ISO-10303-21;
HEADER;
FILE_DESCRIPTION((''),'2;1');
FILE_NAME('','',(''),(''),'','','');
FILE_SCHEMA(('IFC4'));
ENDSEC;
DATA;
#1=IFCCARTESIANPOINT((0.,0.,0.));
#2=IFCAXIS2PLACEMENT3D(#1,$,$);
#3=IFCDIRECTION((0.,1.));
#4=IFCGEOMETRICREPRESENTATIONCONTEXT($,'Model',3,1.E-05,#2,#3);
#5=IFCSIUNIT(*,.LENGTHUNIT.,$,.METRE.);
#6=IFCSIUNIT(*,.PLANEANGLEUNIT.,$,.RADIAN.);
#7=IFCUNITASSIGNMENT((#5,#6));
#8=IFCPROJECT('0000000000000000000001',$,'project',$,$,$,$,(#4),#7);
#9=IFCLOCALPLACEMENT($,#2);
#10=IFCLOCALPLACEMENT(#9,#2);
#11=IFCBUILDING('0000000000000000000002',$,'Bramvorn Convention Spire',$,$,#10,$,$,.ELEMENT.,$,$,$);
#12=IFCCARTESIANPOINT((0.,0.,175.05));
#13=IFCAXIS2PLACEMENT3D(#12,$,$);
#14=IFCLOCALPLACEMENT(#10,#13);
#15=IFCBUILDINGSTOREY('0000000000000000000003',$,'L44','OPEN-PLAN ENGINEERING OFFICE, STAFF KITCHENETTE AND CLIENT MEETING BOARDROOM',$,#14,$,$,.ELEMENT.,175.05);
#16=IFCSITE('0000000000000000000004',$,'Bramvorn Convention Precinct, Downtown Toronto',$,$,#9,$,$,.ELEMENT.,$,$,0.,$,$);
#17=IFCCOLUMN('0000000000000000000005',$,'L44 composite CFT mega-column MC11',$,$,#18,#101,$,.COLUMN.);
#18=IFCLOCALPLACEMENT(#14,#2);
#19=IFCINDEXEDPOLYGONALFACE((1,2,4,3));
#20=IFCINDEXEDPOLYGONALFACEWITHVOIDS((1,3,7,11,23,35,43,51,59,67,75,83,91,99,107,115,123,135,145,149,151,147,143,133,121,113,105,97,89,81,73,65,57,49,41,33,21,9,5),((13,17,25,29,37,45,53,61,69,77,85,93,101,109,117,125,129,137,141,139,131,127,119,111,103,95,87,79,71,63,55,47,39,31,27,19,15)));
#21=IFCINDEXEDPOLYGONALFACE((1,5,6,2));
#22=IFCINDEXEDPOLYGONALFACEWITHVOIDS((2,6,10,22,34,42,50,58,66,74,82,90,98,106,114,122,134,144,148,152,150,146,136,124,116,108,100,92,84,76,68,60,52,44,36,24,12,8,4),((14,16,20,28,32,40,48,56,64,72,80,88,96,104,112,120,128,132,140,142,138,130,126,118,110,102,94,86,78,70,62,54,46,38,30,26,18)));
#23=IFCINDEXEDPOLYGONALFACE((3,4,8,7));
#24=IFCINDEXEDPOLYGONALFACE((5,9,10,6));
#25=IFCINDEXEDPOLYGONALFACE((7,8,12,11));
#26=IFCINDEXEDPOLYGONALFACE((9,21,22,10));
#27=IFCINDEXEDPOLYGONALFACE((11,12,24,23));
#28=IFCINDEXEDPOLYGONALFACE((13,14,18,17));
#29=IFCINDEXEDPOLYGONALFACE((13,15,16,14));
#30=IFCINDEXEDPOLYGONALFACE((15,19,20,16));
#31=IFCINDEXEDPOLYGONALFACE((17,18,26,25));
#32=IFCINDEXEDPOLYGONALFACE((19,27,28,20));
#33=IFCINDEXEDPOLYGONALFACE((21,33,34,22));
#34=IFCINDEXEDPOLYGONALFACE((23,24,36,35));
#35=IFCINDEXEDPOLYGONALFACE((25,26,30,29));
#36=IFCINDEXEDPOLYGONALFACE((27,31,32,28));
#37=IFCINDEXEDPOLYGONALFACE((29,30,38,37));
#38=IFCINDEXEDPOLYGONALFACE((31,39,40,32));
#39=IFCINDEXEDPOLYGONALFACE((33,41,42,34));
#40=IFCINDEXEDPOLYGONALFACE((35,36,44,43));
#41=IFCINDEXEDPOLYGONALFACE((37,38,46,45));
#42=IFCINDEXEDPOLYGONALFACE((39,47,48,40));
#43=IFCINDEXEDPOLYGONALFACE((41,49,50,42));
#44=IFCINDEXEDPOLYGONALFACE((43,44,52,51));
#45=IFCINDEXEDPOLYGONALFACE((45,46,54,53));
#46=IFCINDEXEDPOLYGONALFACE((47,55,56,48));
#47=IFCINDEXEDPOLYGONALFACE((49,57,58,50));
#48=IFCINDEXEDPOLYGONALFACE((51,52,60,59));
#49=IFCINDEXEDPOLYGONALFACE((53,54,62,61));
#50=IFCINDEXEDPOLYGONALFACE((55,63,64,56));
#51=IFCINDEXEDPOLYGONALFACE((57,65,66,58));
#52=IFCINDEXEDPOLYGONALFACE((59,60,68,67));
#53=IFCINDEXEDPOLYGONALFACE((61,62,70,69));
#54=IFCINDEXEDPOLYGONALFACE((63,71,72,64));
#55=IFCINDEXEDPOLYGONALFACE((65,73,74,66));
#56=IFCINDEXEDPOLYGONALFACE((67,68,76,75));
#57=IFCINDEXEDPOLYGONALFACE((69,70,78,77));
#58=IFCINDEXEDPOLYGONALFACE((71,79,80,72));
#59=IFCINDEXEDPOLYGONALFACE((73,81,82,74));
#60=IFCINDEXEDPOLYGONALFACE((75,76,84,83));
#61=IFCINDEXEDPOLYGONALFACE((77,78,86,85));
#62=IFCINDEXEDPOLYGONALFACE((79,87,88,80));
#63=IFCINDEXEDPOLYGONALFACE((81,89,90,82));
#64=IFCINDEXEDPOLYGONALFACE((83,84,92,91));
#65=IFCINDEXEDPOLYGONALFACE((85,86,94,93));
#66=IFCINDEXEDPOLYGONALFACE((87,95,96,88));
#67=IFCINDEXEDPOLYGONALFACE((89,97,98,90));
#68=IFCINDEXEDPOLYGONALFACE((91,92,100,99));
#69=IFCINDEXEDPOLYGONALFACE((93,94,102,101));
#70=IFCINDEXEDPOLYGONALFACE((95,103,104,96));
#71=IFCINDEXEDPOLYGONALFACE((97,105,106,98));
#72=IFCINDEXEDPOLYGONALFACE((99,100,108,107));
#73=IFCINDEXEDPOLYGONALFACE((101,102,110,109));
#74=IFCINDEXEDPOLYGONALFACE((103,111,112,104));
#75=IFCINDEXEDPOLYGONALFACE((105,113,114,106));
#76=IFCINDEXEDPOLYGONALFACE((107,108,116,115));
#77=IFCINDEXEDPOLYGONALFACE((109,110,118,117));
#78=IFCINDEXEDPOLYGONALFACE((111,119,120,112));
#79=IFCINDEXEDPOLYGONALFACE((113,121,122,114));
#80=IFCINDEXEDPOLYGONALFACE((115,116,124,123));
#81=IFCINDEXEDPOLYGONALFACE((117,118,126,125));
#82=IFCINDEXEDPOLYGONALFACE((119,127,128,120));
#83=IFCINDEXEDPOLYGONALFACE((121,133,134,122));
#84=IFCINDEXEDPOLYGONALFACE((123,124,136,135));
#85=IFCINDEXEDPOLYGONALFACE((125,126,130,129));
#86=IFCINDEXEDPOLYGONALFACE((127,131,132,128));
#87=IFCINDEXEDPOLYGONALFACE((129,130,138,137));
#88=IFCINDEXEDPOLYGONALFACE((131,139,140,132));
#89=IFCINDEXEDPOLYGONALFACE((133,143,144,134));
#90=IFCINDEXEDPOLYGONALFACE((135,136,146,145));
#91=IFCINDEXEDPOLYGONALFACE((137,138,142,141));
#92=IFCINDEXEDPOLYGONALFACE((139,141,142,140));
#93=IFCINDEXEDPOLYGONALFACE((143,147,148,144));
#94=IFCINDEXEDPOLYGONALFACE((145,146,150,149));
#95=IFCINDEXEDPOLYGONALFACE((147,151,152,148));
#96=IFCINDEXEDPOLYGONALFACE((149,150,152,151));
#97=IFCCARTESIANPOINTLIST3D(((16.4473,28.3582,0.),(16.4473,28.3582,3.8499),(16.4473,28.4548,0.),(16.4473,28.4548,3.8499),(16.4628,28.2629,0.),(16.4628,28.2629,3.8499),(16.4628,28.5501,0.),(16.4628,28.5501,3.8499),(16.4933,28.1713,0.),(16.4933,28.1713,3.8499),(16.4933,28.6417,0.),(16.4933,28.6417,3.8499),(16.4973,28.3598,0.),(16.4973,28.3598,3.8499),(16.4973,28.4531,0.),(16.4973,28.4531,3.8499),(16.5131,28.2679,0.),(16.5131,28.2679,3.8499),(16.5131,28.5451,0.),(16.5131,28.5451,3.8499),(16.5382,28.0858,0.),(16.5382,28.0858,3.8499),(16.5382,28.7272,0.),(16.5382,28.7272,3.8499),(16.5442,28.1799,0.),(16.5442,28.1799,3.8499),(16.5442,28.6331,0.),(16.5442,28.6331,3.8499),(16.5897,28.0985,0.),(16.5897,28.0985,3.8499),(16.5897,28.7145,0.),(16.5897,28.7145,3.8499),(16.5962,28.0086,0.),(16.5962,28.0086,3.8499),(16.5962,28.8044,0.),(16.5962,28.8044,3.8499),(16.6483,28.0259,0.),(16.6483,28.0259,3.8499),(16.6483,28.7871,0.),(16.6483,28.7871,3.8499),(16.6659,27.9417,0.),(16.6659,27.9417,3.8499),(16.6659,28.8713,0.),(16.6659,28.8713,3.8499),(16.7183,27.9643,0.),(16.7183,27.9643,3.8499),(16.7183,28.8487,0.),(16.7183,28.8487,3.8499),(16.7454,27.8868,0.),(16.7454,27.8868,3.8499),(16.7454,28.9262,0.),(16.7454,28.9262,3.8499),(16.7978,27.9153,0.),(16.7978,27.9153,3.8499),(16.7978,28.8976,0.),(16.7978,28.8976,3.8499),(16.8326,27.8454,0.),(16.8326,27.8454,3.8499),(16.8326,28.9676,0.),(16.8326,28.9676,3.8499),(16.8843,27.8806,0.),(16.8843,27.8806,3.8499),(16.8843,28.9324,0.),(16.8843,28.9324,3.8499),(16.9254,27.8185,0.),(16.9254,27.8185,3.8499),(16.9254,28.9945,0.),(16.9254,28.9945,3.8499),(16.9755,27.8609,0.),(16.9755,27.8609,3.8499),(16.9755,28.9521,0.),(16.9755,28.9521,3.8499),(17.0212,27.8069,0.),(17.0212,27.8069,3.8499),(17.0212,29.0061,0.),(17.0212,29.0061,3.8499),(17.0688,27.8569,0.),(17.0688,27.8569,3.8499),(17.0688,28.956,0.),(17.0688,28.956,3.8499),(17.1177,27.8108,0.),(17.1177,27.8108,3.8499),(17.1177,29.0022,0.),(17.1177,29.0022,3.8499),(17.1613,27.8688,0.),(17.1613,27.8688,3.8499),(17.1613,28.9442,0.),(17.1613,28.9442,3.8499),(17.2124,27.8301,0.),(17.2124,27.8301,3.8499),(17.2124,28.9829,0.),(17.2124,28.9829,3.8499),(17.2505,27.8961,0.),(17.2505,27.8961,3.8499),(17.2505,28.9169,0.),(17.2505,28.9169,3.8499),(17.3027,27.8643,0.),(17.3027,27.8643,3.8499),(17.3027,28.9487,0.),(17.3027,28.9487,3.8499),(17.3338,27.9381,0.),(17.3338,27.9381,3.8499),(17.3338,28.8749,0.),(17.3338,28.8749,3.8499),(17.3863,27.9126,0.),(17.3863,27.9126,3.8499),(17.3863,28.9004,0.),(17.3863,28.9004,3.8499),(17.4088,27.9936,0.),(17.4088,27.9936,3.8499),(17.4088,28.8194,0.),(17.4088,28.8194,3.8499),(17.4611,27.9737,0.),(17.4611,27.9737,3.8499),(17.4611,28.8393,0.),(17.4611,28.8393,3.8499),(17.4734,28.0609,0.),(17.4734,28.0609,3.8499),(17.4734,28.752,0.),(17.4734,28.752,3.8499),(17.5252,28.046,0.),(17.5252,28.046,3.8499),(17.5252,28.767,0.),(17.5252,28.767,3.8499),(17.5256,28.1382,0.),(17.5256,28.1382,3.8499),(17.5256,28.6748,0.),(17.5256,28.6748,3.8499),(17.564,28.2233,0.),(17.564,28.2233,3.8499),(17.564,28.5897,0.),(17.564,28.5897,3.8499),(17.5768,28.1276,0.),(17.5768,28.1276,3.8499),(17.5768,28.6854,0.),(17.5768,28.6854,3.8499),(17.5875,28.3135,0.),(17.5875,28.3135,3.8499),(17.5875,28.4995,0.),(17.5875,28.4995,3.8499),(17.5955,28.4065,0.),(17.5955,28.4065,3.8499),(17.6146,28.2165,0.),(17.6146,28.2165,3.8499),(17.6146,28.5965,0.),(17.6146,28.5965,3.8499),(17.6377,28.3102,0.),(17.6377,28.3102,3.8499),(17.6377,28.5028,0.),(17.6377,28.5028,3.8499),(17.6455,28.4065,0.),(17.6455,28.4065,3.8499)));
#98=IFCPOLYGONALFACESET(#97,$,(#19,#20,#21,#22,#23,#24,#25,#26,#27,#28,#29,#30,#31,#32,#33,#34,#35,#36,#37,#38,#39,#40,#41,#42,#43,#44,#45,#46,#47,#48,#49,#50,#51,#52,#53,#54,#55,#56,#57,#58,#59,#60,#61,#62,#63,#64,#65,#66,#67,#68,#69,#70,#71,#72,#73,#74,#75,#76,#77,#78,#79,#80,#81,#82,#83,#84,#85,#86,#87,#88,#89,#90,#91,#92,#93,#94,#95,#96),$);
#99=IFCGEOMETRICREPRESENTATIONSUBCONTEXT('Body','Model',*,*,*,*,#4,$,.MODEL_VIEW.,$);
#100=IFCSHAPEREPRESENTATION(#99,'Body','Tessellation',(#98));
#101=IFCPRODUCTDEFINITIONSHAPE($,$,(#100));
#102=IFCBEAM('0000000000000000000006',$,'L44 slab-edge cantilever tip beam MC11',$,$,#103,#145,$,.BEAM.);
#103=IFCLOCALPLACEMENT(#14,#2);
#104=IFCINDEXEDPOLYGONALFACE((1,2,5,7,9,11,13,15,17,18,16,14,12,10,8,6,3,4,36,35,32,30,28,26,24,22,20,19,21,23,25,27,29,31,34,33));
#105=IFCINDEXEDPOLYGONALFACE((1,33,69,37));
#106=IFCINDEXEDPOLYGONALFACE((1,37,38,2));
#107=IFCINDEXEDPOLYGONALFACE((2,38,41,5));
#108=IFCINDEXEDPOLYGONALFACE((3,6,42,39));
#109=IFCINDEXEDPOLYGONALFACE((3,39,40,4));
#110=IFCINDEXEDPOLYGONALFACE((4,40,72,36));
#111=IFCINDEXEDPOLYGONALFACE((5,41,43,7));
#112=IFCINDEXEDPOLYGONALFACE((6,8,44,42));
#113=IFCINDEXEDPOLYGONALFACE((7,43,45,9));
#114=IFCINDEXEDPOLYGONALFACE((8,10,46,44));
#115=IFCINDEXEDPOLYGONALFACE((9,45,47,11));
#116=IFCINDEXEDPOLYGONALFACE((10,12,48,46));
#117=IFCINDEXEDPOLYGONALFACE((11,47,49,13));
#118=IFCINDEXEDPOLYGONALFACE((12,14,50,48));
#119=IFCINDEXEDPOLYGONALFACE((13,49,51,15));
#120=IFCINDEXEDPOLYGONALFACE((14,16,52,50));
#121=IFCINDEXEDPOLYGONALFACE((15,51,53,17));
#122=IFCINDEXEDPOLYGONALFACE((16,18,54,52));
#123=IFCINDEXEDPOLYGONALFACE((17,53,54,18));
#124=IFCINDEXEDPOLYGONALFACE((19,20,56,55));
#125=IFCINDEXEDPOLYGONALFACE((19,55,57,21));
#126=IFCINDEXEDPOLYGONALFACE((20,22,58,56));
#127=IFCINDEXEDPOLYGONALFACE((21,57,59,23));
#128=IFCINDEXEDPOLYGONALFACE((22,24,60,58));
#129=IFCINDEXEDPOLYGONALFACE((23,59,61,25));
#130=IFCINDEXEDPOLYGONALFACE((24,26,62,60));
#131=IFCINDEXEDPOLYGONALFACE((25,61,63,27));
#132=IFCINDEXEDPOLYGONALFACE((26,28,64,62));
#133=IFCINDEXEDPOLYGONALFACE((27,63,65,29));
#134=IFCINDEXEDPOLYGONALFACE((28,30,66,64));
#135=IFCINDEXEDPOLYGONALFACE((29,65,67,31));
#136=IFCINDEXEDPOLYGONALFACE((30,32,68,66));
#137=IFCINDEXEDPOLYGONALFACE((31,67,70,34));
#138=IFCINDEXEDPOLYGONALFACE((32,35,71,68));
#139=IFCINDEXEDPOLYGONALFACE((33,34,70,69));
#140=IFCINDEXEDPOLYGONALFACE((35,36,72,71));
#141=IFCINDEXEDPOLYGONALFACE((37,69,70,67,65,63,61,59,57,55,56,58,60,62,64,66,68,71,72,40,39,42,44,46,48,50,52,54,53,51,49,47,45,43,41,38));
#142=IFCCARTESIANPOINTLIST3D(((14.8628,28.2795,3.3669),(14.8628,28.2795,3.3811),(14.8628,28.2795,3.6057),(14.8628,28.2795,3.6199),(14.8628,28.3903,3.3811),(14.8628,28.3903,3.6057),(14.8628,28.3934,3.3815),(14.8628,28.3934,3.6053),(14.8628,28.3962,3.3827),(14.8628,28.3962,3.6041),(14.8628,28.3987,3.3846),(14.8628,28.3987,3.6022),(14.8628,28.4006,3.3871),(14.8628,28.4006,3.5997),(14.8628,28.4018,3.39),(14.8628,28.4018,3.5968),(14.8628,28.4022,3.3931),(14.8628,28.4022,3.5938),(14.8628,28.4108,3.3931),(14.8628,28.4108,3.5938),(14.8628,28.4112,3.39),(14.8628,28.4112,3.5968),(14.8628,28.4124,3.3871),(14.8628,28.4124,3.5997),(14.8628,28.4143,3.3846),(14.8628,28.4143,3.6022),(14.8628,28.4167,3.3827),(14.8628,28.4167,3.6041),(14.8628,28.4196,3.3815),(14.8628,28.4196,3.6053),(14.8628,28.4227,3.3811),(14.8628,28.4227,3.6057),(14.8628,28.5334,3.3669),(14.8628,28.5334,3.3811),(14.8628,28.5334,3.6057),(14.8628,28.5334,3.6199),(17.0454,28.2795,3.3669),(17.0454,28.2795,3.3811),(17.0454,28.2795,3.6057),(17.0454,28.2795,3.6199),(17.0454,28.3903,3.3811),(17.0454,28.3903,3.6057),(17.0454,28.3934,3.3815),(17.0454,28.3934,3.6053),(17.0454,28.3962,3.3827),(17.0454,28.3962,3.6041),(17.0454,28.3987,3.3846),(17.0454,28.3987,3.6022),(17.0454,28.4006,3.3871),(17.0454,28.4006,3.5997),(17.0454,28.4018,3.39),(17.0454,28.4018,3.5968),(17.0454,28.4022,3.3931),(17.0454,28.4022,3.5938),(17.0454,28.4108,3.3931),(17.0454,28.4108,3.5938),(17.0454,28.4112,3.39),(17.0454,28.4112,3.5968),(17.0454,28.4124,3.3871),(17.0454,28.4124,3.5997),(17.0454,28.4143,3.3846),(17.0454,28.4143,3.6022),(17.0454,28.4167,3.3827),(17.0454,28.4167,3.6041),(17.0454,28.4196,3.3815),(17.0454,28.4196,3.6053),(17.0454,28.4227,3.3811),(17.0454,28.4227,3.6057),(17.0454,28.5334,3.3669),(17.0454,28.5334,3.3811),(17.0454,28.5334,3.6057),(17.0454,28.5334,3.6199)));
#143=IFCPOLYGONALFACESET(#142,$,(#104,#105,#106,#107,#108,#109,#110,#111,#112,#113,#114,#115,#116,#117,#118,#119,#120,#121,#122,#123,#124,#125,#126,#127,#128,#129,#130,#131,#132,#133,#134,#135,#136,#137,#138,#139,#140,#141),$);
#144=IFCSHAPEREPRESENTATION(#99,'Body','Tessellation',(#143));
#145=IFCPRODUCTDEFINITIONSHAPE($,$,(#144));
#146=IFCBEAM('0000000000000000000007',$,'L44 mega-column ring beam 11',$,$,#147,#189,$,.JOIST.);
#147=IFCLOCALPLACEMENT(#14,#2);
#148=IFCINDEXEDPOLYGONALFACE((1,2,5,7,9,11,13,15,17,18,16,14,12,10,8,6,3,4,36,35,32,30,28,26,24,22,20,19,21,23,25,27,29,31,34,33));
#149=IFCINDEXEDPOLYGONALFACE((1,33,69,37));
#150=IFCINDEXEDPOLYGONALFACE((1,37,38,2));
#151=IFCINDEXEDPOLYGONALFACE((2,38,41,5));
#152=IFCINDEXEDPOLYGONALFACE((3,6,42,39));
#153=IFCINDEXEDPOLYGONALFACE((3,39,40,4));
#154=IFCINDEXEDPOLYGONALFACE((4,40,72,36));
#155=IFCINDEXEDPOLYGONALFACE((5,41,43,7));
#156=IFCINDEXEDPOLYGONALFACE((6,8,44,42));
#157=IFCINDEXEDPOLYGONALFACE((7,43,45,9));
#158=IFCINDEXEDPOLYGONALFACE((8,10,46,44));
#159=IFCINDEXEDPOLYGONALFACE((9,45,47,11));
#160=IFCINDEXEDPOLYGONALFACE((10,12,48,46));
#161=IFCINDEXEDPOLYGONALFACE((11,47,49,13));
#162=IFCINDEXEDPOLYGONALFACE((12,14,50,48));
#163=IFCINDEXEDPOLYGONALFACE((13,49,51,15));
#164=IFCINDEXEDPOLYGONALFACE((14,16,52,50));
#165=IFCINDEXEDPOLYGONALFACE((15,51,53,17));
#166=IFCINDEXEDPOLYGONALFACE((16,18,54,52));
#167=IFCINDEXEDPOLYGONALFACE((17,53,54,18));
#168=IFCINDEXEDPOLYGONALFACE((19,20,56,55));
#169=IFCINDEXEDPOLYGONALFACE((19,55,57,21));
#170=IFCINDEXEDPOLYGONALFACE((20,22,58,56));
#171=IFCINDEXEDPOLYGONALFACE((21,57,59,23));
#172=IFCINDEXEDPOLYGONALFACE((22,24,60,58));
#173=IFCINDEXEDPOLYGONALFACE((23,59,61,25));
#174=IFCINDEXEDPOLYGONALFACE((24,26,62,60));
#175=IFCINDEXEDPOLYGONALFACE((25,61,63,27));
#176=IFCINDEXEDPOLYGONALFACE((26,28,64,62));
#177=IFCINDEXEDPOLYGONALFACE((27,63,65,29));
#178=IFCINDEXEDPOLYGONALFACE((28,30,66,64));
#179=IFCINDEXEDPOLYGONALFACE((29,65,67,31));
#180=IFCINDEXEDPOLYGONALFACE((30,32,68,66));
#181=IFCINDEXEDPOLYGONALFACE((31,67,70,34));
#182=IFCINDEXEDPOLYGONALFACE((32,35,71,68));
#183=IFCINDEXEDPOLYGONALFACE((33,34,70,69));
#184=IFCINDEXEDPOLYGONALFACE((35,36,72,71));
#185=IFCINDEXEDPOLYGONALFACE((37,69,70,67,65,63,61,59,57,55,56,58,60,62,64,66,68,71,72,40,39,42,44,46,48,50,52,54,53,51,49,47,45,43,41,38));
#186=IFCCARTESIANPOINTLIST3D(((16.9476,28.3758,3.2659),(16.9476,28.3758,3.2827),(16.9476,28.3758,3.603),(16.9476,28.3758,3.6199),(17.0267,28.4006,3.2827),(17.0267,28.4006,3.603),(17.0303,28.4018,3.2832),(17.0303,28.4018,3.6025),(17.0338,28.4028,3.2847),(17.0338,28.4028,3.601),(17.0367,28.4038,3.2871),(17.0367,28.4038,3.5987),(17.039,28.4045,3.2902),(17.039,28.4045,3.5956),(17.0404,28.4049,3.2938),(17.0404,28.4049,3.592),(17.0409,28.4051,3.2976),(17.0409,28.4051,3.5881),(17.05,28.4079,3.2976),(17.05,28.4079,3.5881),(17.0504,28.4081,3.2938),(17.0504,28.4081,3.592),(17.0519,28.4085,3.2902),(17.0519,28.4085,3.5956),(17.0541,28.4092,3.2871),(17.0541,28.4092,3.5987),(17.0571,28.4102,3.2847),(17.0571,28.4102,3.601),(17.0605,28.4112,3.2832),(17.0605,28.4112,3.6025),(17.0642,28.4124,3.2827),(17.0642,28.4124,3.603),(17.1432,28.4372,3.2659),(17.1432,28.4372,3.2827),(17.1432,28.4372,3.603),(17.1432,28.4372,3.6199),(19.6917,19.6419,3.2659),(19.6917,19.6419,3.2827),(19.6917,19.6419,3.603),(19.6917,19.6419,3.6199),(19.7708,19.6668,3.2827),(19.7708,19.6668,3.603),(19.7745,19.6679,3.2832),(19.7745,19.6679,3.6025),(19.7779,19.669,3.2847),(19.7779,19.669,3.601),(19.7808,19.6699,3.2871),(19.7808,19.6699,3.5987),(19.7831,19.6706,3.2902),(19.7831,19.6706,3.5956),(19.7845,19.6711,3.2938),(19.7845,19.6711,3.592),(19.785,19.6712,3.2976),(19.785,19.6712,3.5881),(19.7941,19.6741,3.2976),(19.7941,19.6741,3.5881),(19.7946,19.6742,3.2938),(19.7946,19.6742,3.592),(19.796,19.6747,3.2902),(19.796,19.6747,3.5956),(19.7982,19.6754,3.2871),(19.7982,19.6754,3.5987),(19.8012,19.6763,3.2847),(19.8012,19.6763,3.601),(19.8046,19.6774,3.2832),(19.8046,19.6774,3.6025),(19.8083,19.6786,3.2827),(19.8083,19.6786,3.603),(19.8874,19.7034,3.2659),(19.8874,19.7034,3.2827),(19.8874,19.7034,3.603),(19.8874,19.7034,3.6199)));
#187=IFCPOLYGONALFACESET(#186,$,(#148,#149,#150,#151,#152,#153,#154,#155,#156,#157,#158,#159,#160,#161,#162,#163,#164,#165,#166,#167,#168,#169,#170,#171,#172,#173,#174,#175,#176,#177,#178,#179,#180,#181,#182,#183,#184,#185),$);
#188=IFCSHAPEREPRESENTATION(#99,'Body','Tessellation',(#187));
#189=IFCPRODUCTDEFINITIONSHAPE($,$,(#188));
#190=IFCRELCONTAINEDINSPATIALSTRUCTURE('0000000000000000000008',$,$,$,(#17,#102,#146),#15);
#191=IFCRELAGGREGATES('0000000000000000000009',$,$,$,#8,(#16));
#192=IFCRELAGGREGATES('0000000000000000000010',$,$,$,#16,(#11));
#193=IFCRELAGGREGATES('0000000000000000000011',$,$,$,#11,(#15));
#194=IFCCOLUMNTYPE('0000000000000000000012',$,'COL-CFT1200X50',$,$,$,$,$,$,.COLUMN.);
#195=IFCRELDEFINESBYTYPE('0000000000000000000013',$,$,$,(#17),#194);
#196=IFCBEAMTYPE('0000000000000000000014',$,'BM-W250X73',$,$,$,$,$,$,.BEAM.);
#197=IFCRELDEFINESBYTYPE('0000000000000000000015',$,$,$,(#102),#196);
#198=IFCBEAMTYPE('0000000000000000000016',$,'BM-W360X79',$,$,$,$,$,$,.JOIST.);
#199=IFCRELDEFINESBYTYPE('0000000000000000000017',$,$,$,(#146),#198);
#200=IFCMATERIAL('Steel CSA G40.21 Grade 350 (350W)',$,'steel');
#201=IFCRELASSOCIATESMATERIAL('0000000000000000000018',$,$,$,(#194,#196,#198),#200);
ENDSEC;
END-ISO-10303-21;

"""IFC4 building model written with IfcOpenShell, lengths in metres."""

from ifc_helpers import new_model, si_unit, direction, frame, origin, origin_2d, place, context, subcontext, project, spatial, hollow_circle, i_section, extrude, material, material_profile, profile_set, type_object, element, save


model = new_model("IFC4")

# Units and contexts
model_context = context("Model", 3, precision=1e-05, world=origin(), true_north=direction((0.0, 1.0)))
body_context = subcontext(model_context, "Body", "Model", "MODEL_VIEW")
ifc_project = project(units=[si_unit("LENGTHUNIT", "METRE"), si_unit("PLANEANGLEUNIT", "RADIAN")], contexts=[model_context])

# Site, building, storey
site_placement = place(None, origin())
site = spatial("IfcSite", under=ifc_project, at=site_placement, Name="Bramvorn Convention Precinct, Downtown Toronto", CompositionType="ELEMENT", RefElevation=0.0)
building_placement = place(site_placement, origin())
building = spatial("IfcBuilding", under=site, at=building_placement, Name="Bramvorn Convention Spire", CompositionType="ELEMENT")
storey_placement = place(building_placement, frame((0.0, 0.0, 175.05)))
storey = spatial("IfcBuildingStorey", under=building, at=storey_placement, Name="L44", Description="OPEN-PLAN ENGINEERING OFFICE, STAFF KITCHENETTE AND CLIENT MEETING BOARDROOM", CompositionType="ELEMENT", Elevation=175.05)

# Column
ifc_material_1 = material(Name="Steel CSA G40.21 Grade 350 (350W)", Category="steel")
ifc_material_profile_1 = material_profile(ifc_material_1, hollow_circle(Radius=0.6001, WallThickness=0.05, at=origin_2d()))
ifc_profile_set_1 = profile_set([ifc_material_profile_1], Name="Steel CSA G40.21 Grade 350 (350W) - CFT1200X50")
column_type = type_object("IfcColumnType", Name="COL-CFT1200X50", PredefinedType="COLUMN", material=ifc_profile_set_1)
column_placement = place(storey_placement, frame((17.0454, 28.4065, 0.0), z_axis=(0.0, 0.0, 1.0), x_axis=(1.0, 0.0, 0.0)))
element("IfcColumn", 1, at=column_placement, inside=storey, type_object=column_type, Name="L44 composite CFT mega-column MC11", PredefinedType="COLUMN", context=body_context, shape_type="SweptSolid", body=[
    extrude(hollow_circle(Radius=0.6001, WallThickness=0.05, at=origin_2d()), origin(), (0.0, 0.0, 1.0), 3.8499),
])

# Beams
ifc_material_profile_2 = material_profile(ifc_material_1, i_section(OverallWidth=0.2539, OverallDepth=0.2529, WebThickness=0.0085, FlangeThickness=0.0142, FilletRadius=0.012, at=origin_2d()))
ifc_profile_set_2 = profile_set([ifc_material_profile_2], Name="Steel CSA G40.21 Grade 350 (350W) - W250X73")
beam_type_1 = type_object("IfcBeamType", Name="BM-W250X73", PredefinedType="BEAM", material=ifc_profile_set_2)
beam_1_placement = place(storey_placement, frame((17.0454, 28.4065, 3.4934), z_axis=(-1.0, 0.0, 0.0), x_axis=(0.0, -1.0, 0.0)))
element("IfcBeam", 2, at=beam_1_placement, inside=storey, type_object=beam_type_1, Name="L44 slab-edge cantilever tip beam MC11", PredefinedType="BEAM", context=body_context, shape_type="SweptSolid", body=[
    extrude(i_section(OverallWidth=0.2539, OverallDepth=0.2529, WebThickness=0.0085, FlangeThickness=0.0142, FilletRadius=0.012, at=origin_2d()), origin(), (0.0, 0.0, 1.0), 2.1826),
])
ifc_material_profile_3 = material_profile(ifc_material_1, i_section(OverallWidth=0.2051, OverallDepth=0.354, WebThickness=0.0095, FlangeThickness=0.0168, FilletRadius=0.0149, at=origin_2d()))
ifc_profile_set_3 = profile_set([ifc_material_profile_3], Name="Steel CSA G40.21 Grade 350 (350W) - W360X79")
beam_type_2 = type_object("IfcBeamType", Name="BM-W360X79", PredefinedType="JOIST", material=ifc_profile_set_3)
beam_2_placement = place(storey_placement, frame((17.0454, 28.4065, 3.4429), z_axis=(0.299748, -0.954019, 0.0), x_axis=(0.954019, 0.299748, 0.0)))
element("IfcBeam", 3, at=beam_2_placement, inside=storey, type_object=beam_type_2, Name="L44 mega-column ring beam 11", PredefinedType="JOIST", context=body_context, shape_type="SweptSolid", body=[
    extrude(i_section(OverallWidth=0.2051, OverallDepth=0.354, WebThickness=0.0095, FlangeThickness=0.0168, FilletRadius=0.0149, at=origin_2d()), origin(), (0.0, 0.0, 1.0), 9.1548),
])

save(model, "model.ifc")
